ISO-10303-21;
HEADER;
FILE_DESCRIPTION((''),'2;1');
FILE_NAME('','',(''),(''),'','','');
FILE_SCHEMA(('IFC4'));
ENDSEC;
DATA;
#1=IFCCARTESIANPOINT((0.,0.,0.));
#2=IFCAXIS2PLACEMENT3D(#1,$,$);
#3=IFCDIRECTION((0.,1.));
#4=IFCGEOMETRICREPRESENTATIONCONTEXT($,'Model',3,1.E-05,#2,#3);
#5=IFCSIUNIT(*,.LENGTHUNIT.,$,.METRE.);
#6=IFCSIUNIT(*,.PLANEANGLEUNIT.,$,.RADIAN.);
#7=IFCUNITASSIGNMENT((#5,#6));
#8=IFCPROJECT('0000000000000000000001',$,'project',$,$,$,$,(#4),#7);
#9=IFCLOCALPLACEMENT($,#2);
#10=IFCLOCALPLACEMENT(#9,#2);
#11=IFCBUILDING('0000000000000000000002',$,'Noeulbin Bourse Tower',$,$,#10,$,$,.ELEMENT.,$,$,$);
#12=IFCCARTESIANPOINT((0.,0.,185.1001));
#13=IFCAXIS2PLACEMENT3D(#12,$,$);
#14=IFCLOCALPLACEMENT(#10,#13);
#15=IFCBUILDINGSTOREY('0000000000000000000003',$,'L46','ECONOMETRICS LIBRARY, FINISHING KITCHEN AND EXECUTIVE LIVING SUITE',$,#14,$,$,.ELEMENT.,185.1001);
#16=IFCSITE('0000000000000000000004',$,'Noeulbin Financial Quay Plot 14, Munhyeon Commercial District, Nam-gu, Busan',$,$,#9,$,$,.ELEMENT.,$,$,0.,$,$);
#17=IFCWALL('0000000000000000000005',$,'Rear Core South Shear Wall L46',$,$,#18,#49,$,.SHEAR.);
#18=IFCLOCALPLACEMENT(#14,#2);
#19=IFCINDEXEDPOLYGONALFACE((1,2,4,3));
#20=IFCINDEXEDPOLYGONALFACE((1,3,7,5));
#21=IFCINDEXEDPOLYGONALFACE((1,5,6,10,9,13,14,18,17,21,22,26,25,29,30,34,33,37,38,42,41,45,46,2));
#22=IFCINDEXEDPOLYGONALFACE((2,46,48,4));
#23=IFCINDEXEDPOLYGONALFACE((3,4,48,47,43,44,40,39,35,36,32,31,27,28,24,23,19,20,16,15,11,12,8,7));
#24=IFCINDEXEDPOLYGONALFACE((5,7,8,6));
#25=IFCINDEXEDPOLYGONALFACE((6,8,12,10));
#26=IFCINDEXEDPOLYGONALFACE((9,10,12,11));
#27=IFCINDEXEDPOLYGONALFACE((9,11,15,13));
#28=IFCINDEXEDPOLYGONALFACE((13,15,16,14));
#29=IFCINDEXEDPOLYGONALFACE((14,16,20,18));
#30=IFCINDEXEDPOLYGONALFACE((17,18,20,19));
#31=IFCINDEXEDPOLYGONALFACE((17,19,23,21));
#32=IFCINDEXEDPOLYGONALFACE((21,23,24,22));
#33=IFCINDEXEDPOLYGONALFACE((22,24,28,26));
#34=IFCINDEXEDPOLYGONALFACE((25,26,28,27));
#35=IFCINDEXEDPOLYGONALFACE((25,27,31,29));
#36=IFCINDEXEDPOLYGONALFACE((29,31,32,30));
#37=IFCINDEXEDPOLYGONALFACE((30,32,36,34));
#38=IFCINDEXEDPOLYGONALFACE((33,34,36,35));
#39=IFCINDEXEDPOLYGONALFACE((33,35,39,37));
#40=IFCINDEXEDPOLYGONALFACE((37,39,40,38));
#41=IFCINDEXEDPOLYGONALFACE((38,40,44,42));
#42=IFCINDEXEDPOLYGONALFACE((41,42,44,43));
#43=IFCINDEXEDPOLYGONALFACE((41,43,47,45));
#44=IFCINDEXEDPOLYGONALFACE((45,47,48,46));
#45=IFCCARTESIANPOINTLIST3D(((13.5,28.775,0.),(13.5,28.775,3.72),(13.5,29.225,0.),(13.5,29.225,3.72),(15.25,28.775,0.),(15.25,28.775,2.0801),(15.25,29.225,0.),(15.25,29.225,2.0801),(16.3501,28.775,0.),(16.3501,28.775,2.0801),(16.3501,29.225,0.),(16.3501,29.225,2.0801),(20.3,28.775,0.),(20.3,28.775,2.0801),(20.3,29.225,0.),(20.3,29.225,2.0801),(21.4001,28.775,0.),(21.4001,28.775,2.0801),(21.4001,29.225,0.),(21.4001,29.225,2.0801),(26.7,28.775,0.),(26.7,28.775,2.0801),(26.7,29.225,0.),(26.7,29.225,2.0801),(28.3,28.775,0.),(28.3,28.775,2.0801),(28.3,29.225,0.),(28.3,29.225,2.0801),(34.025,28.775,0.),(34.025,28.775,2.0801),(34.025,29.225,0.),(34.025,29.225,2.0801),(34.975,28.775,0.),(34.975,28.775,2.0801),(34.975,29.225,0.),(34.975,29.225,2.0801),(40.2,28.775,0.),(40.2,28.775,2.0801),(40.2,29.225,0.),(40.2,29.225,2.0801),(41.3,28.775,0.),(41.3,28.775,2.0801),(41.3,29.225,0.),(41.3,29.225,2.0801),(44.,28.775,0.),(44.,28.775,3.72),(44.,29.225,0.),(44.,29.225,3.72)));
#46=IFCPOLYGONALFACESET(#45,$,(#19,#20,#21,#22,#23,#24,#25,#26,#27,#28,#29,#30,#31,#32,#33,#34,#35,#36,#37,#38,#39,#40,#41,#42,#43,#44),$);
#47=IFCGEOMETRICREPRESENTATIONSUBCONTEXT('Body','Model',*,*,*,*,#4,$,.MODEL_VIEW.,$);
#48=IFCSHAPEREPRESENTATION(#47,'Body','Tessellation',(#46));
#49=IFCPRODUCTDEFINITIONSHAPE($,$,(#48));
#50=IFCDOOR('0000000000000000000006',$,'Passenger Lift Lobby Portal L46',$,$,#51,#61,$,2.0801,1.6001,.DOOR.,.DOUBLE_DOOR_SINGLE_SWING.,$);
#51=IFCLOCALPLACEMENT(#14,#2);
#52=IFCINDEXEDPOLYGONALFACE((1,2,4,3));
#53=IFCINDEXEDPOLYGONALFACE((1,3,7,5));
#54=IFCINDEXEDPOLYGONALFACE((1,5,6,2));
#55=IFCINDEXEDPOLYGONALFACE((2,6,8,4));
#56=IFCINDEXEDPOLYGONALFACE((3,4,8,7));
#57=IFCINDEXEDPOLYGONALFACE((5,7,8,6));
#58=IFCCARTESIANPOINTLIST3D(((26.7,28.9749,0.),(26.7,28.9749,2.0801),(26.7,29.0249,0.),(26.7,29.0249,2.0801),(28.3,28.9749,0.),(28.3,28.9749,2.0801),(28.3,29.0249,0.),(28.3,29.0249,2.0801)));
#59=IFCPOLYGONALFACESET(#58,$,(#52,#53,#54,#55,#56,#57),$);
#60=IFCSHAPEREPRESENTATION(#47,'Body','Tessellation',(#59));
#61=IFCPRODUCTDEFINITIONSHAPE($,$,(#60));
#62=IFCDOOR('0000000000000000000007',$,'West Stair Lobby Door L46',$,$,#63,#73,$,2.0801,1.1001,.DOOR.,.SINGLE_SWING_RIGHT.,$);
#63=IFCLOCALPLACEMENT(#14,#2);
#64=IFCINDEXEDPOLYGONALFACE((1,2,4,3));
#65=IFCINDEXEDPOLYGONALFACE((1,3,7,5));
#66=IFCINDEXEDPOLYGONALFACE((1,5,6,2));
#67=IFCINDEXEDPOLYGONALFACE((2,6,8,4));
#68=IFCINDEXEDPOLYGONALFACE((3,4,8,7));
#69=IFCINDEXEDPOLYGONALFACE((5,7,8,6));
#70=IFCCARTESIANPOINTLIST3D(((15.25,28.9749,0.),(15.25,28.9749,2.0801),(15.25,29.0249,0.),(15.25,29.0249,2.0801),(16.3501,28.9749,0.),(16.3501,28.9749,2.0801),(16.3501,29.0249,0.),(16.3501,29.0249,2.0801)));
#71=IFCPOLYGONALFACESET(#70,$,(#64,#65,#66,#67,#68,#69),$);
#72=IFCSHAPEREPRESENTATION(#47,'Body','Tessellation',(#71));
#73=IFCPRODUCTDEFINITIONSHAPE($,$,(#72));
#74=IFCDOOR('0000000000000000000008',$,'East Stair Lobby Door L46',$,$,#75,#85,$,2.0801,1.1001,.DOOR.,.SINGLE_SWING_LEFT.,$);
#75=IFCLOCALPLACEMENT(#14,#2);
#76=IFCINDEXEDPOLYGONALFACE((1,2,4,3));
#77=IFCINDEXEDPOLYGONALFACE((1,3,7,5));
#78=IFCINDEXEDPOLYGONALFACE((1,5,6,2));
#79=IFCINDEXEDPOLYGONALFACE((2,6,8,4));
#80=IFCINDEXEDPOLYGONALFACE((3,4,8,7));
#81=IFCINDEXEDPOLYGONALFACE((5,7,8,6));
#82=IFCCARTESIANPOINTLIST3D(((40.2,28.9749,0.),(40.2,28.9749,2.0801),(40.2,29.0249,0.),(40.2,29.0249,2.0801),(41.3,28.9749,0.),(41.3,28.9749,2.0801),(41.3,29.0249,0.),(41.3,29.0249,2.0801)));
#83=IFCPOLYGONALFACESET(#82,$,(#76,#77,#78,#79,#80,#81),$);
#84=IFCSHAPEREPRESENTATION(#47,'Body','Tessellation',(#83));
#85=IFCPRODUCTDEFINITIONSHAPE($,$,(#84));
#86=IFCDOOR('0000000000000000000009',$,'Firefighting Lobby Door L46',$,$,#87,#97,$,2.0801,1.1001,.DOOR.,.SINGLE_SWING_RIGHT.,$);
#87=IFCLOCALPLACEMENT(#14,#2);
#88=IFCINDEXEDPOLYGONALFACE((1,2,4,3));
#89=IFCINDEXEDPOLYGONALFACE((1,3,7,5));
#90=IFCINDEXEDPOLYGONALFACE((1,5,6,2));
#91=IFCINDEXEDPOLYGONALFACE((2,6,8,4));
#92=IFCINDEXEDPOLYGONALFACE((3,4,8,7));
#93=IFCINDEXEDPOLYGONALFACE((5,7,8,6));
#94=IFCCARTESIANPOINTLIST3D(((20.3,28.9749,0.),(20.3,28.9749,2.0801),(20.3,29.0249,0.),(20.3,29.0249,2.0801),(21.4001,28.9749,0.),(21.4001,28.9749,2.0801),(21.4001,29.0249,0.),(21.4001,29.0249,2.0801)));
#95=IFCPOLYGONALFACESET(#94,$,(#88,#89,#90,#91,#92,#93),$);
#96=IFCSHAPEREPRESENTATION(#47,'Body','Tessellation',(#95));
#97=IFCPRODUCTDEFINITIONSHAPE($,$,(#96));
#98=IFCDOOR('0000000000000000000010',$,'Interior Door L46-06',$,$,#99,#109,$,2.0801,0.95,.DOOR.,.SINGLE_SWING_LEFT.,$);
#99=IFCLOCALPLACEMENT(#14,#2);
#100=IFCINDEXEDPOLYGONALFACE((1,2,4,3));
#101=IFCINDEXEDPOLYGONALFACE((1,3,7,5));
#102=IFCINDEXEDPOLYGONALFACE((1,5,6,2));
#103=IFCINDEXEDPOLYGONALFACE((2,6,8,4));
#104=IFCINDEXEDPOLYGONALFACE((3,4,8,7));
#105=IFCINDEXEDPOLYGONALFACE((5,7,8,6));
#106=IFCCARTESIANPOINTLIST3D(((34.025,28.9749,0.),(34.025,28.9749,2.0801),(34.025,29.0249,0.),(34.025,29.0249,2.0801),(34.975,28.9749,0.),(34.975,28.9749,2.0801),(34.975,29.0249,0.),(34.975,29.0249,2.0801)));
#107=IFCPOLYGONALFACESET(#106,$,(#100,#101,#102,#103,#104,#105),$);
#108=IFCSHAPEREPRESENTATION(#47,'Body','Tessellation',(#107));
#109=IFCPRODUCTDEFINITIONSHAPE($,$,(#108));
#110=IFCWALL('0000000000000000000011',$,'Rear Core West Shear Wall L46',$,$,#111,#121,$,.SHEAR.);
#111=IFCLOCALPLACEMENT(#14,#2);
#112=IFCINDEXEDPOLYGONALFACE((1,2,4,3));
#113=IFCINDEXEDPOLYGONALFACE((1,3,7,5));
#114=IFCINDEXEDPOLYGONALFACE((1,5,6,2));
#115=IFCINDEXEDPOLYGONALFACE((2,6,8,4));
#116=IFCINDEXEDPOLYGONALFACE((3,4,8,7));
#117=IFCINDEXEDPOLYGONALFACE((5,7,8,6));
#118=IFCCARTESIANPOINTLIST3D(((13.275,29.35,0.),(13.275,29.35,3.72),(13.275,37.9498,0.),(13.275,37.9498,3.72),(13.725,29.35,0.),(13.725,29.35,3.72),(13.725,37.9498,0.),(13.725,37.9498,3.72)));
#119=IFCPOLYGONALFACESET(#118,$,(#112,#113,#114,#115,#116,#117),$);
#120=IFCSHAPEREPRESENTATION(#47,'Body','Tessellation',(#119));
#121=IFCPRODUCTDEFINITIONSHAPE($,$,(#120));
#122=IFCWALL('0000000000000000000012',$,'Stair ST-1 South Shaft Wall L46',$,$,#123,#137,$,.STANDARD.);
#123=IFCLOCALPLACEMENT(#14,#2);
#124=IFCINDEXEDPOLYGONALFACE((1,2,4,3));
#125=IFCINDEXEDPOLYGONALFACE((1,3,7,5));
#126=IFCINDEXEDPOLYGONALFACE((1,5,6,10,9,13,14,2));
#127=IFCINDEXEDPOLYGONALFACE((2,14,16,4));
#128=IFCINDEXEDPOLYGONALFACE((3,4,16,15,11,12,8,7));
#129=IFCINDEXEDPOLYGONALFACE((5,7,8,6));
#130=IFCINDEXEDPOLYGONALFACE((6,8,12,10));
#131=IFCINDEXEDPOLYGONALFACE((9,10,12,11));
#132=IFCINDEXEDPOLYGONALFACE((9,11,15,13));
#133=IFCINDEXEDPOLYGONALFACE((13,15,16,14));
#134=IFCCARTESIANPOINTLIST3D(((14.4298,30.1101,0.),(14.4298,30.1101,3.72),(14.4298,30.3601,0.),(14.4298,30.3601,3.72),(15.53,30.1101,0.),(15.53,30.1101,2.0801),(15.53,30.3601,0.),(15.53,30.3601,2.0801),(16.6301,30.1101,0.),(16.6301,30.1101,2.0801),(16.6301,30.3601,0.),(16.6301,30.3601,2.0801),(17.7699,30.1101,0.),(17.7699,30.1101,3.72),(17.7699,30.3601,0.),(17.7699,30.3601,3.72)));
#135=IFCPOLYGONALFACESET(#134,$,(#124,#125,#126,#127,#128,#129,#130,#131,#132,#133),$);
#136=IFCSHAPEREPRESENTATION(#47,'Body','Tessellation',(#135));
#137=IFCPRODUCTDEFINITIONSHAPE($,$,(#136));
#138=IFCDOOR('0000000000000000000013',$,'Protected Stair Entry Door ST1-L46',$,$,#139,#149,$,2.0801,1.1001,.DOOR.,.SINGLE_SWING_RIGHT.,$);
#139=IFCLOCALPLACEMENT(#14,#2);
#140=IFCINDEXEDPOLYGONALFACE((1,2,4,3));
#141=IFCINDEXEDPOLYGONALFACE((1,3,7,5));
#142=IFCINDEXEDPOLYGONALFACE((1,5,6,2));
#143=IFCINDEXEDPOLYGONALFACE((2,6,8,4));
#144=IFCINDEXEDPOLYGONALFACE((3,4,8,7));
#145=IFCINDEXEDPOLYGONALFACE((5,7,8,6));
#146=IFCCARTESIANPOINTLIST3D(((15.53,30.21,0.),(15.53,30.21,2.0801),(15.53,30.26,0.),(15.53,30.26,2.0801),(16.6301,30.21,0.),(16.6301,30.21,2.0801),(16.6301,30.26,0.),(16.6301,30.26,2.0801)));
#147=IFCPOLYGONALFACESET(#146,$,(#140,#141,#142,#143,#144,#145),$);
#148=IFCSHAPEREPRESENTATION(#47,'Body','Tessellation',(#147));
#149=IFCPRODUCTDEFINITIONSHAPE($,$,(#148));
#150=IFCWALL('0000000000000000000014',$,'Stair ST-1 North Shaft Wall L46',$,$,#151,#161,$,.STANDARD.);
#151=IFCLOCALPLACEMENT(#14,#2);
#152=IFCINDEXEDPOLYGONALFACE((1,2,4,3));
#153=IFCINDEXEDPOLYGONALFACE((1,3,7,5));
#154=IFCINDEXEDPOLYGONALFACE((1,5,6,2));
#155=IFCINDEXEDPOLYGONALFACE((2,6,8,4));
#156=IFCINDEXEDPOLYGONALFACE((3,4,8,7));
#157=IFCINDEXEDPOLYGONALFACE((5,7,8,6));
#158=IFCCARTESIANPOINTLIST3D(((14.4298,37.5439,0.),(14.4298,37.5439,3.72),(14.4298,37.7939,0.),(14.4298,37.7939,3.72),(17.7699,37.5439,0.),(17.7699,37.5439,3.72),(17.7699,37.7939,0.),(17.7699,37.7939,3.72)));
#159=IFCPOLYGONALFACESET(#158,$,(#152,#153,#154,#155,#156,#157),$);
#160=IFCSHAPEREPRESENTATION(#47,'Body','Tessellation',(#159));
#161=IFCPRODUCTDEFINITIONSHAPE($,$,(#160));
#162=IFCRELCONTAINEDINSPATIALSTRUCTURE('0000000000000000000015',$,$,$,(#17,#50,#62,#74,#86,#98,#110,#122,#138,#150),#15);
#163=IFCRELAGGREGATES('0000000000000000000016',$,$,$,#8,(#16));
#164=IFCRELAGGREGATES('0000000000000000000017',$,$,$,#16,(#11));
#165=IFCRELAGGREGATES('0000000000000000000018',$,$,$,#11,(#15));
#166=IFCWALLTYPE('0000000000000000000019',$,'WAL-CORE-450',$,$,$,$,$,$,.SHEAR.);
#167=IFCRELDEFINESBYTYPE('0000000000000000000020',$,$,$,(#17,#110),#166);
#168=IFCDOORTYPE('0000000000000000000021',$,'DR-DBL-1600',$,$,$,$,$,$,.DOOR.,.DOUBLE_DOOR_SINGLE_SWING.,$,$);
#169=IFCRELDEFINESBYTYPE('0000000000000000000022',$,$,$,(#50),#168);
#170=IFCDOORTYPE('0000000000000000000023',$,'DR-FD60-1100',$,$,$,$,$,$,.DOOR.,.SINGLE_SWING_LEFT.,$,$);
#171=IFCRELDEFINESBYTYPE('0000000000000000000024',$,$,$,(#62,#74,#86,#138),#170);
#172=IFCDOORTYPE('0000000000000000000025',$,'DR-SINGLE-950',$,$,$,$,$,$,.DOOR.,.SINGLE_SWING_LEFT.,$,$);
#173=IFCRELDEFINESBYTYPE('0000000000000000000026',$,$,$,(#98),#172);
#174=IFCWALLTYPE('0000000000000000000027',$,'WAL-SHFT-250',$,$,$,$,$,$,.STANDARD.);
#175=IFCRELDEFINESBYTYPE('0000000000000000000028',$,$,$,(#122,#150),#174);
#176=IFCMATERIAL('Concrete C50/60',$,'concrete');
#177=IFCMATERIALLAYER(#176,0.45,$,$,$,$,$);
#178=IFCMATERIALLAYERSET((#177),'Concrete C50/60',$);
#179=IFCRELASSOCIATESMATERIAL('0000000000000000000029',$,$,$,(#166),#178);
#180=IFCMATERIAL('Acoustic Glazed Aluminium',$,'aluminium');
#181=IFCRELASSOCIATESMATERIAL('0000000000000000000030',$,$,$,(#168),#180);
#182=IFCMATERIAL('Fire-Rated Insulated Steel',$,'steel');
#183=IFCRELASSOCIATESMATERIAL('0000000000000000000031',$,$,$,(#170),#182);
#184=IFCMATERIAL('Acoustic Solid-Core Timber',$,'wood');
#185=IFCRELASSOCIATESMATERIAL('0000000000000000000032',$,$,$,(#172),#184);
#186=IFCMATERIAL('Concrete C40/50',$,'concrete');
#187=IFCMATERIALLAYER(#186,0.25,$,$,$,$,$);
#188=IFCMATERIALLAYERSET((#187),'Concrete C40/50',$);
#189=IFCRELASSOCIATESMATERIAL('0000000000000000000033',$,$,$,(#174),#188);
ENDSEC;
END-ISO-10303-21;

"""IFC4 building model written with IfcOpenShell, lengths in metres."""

from ifc_helpers import new_model, si_unit, direction, frame, frame_2d, origin, place, context, subcontext, project, spatial, rectangle, extrude, material, layer, layer_set, type_object, element, fill, save


model = new_model("IFC4")

# Units and contexts
model_context = context("Model", 3, precision=1e-05, world=origin(), true_north=direction((0.0, 1.0)))
body_context = subcontext(model_context, "Body", "Model", "MODEL_VIEW")
ifc_project = project(units=[si_unit("LENGTHUNIT", "METRE"), si_unit("PLANEANGLEUNIT", "RADIAN")], contexts=[model_context])

# Site, building, storey
site_placement = place(None, origin())
site = spatial("IfcSite", under=ifc_project, at=site_placement, Name="Noeulbin Financial Quay Plot 14, Munhyeon Commercial District, Nam-gu, Busan", CompositionType="ELEMENT", RefElevation=0.0)
building_placement = place(site_placement, origin())
building = spatial("IfcBuilding", under=site, at=building_placement, Name="Noeulbin Bourse Tower", CompositionType="ELEMENT")
storey_placement = place(building_placement, frame((0.0, 0.0, 185.1001)))
storey = spatial("IfcBuildingStorey", under=building, at=storey_placement, Name="L46", Description="ECONOMETRICS LIBRARY, FINISHING KITCHEN AND EXECUTIVE LIVING SUITE", CompositionType="ELEMENT", Elevation=185.1001)

# Wall, openings, doors
ifc_material_1 = material(Name="Concrete C50/60", Category="concrete")
ifc_layer_1 = layer(ifc_material_1, 0.45)
ifc_layer_set_1 = layer_set([ifc_layer_1], Name="Concrete C50/60")
wall_type_1 = type_object("IfcWallType", Name="WAL-CORE-450", PredefinedType="SHEAR", material=ifc_layer_set_1)
wall_1_placement = place(storey_placement, frame((13.5, 29.0, 0.0), z_axis=(0.0, 0.0, 1.0), x_axis=(1.0, 0.0, 0.0)))
wall_1 = element("IfcWall", 1, at=wall_1_placement, inside=storey, type_object=wall_type_1, Name="Rear Core South Shear Wall L46", PredefinedType="SHEAR", context=body_context, shape_type="SweptSolid", body=[
    extrude(rectangle(XDim=30.5, YDim=0.45, at=frame_2d((15.25, 0.0))), origin(), (0.0, 0.0, 1.0), 3.72),
])
opening_1_placement = place(wall_1_placement, frame((1.75, 0.0, 0.0)))
opening_1 = element("IfcOpeningElement", 2, at=opening_1_placement, cuts=wall_1, PredefinedType="OPENING", context=body_context, shape_type="SweptSolid", body=[
    extrude(rectangle(XDim=1.1001, YDim=2.0801, at=frame_2d((0.55, 1.04))), frame((0.0, 0.2349, 0.0), z_axis=(0.0, -1.0, 0.0), x_axis=(1.0, 0.0, 0.0)), (0.0, 0.0, 1.0), 0.47),
])
opening_2_placement = place(wall_1_placement, frame((26.7, 0.0, 0.0)))
opening_2 = element("IfcOpeningElement", 3, at=opening_2_placement, cuts=wall_1, PredefinedType="OPENING", context=body_context, shape_type="SweptSolid", body=[
    extrude(rectangle(XDim=1.1001, YDim=2.0801, at=frame_2d((0.55, 1.04))), frame((0.0, 0.2349, 0.0), z_axis=(0.0, -1.0, 0.0), x_axis=(1.0, 0.0, 0.0)), (0.0, 0.0, 1.0), 0.47),
])
opening_3_placement = place(wall_1_placement, frame((6.8, 0.0, 0.0)))
opening_3 = element("IfcOpeningElement", 4, at=opening_3_placement, cuts=wall_1, PredefinedType="OPENING", context=body_context, shape_type="SweptSolid", body=[
    extrude(rectangle(XDim=1.1001, YDim=2.0801, at=frame_2d((0.55, 1.04))), frame((0.0, 0.2349, 0.0), z_axis=(0.0, -1.0, 0.0), x_axis=(1.0, 0.0, 0.0)), (0.0, 0.0, 1.0), 0.47),
])
opening_4_placement = place(wall_1_placement, frame((13.2, 0.0, 0.0)))
opening_4 = element("IfcOpeningElement", 5, at=opening_4_placement, cuts=wall_1, PredefinedType="OPENING", context=body_context, shape_type="SweptSolid", body=[
    extrude(rectangle(XDim=1.6001, YDim=2.0801, at=frame_2d((0.8, 1.04))), frame((0.0, 0.2349, 0.0), z_axis=(0.0, -1.0, 0.0), x_axis=(1.0, 0.0, 0.0)), (0.0, 0.0, 1.0), 0.47),
])
opening_5_placement = place(wall_1_placement, frame((20.5249, 0.0, 0.0)))
opening_5 = element("IfcOpeningElement", 6, at=opening_5_placement, cuts=wall_1, PredefinedType="OPENING", context=body_context, shape_type="SweptSolid", body=[
    extrude(rectangle(XDim=0.95, YDim=2.0801, at=frame_2d((0.4751, 1.04))), frame((0.0, 0.2349, 0.0), z_axis=(0.0, -1.0, 0.0), x_axis=(1.0, 0.0, 0.0)), (0.0, 0.0, 1.0), 0.47),
])
ifc_material_2 = material(Name="Acoustic Glazed Aluminium", Category="aluminium")
door_type_1 = type_object("IfcDoorType", Name="DR-DBL-1600", OperationType="DOUBLE_DOOR_SINGLE_SWING", PredefinedType="DOOR", material=ifc_material_2)
door_1_placement = place(opening_4_placement, origin())
door_1 = element("IfcDoor", 7, at=door_1_placement, inside=storey, type_object=door_type_1, Name="Passenger Lift Lobby Portal L46", OperationType="DOUBLE_DOOR_SINGLE_SWING", OverallHeight=2.0801, OverallWidth=1.6001, PredefinedType="DOOR", context=body_context, shape_type="SweptSolid", body=[
    extrude(rectangle(XDim=1.6001, YDim=2.0801, at=frame_2d((0.8, 1.04))), frame((0.0, 0.0249, 0.0), z_axis=(0.0, -1.0, 0.0), x_axis=(1.0, 0.0, 0.0)), (0.0, 0.0, 1.0), 0.05),
])
fill(opening_4, door_1)
ifc_material_3 = material(Name="Fire-Rated Insulated Steel", Category="steel")
door_type_2 = type_object("IfcDoorType", Name="DR-FD60-1100", OperationType="SINGLE_SWING_LEFT", PredefinedType="DOOR", material=ifc_material_3)
door_2_placement = place(opening_1_placement, origin())
door_2 = element("IfcDoor", 8, at=door_2_placement, inside=storey, type_object=door_type_2, Name="West Stair Lobby Door L46", OperationType="SINGLE_SWING_RIGHT", OverallHeight=2.0801, OverallWidth=1.1001, PredefinedType="DOOR", context=body_context, shape_type="SweptSolid", body=[
    extrude(rectangle(XDim=1.1001, YDim=2.0801, at=frame_2d((0.55, 1.04))), frame((0.0, 0.0249, 0.0), z_axis=(0.0, -1.0, 0.0), x_axis=(1.0, 0.0, 0.0)), (0.0, 0.0, 1.0), 0.05),
])
fill(opening_1, door_2)
door_3_placement = place(opening_2_placement, origin())
door_3 = element("IfcDoor", 9, at=door_3_placement, inside=storey, type_object=door_type_2, Name="East Stair Lobby Door L46", OperationType="SINGLE_SWING_LEFT", OverallHeight=2.0801, OverallWidth=1.1001, PredefinedType="DOOR", context=body_context, shape_type="SweptSolid", body=[
    extrude(rectangle(XDim=1.1001, YDim=2.0801, at=frame_2d((0.55, 1.04))), frame((0.0, 0.0249, 0.0), z_axis=(0.0, -1.0, 0.0), x_axis=(1.0, 0.0, 0.0)), (0.0, 0.0, 1.0), 0.05),
])
fill(opening_2, door_3)
door_4_placement = place(opening_3_placement, origin())
door_4 = element("IfcDoor", 10, at=door_4_placement, inside=storey, type_object=door_type_2, Name="Firefighting Lobby Door L46", OperationType="SINGLE_SWING_RIGHT", OverallHeight=2.0801, OverallWidth=1.1001, PredefinedType="DOOR", context=body_context, shape_type="SweptSolid", body=[
    extrude(rectangle(XDim=1.1001, YDim=2.0801, at=frame_2d((0.55, 1.04))), frame((0.0, 0.0249, 0.0), z_axis=(0.0, -1.0, 0.0), x_axis=(1.0, 0.0, 0.0)), (0.0, 0.0, 1.0), 0.05),
])
fill(opening_3, door_4)
ifc_material_4 = material(Name="Acoustic Solid-Core Timber", Category="wood")
door_type_3 = type_object("IfcDoorType", Name="DR-SINGLE-950", OperationType="SINGLE_SWING_LEFT", PredefinedType="DOOR", material=ifc_material_4)
door_5_placement = place(opening_5_placement, origin())
door_5 = element("IfcDoor", 11, at=door_5_placement, inside=storey, type_object=door_type_3, Name="Interior Door L46-06", OperationType="SINGLE_SWING_LEFT", OverallHeight=2.0801, OverallWidth=0.95, PredefinedType="DOOR", context=body_context, shape_type="SweptSolid", body=[
    extrude(rectangle(XDim=0.95, YDim=2.0801, at=frame_2d((0.4751, 1.04))), frame((0.0, 0.0249, 0.0), z_axis=(0.0, -1.0, 0.0), x_axis=(1.0, 0.0, 0.0)), (0.0, 0.0, 1.0), 0.05),
])
fill(opening_5, door_5)

# Wall
wall_2_placement = place(storey_placement, frame((13.5, 29.3501, 0.0), z_axis=(0.0, 0.0, 1.0), x_axis=(0.0, 1.0, 0.0)))
element("IfcWall", 12, at=wall_2_placement, inside=storey, type_object=wall_type_1, Name="Rear Core West Shear Wall L46", PredefinedType="SHEAR", context=body_context, shape_type="SweptSolid", body=[
    extrude(rectangle(XDim=8.5999, YDim=0.45, at=frame_2d((4.2998, 0.0))), origin(), (0.0, 0.0, 1.0), 3.72),
])

# Wall, opening, door
ifc_material_5 = material(Name="Concrete C40/50", Category="concrete")
ifc_layer_2 = layer(ifc_material_5, 0.25)
ifc_layer_set_2 = layer_set([ifc_layer_2], Name="Concrete C40/50")
wall_type_2 = type_object("IfcWallType", Name="WAL-SHFT-250", PredefinedType="STANDARD", material=ifc_layer_set_2)
wall_3_placement = place(storey_placement, frame((14.4299, 30.2351, 0.0), z_axis=(0.0, 0.0, 1.0), x_axis=(1.0, 0.0, 0.0)))
wall_3 = element("IfcWall", 13, at=wall_3_placement, inside=storey, type_object=wall_type_2, Name="Stair ST-1 South Shaft Wall L46", PredefinedType="STANDARD", context=body_context, shape_type="SweptSolid", body=[
    extrude(rectangle(XDim=3.3401, YDim=0.25, at=frame_2d((1.6699, 0.0))), origin(), (0.0, 0.0, 1.0), 3.72),
])
opening_6_placement = place(wall_3_placement, frame((1.1001, 0.0, 0.0)))
opening_6 = element("IfcOpeningElement", 14, at=opening_6_placement, cuts=wall_3, PredefinedType="OPENING", context=body_context, shape_type="SweptSolid", body=[
    extrude(rectangle(XDim=1.1001, YDim=2.0801, at=frame_2d((0.55, 1.04))), frame((0.0, 0.135, 0.0), z_axis=(0.0, -1.0, 0.0), x_axis=(1.0, 0.0, 0.0)), (0.0, 0.0, 1.0), 0.27),
])
door_6_placement = place(opening_6_placement, origin())
door_6 = element("IfcDoor", 15, at=door_6_placement, inside=storey, type_object=door_type_2, Name="Protected Stair Entry Door ST1-L46", OperationType="SINGLE_SWING_RIGHT", OverallHeight=2.0801, OverallWidth=1.1001, PredefinedType="DOOR", context=body_context, shape_type="SweptSolid", body=[
    extrude(rectangle(XDim=1.1001, YDim=2.0801, at=frame_2d((0.55, 1.04))), frame((0.0, 0.0249, 0.0), z_axis=(0.0, -1.0, 0.0), x_axis=(1.0, 0.0, 0.0)), (0.0, 0.0, 1.0), 0.05),
])
fill(opening_6, door_6)

# Wall
wall_4_placement = place(storey_placement, frame((14.4299, 37.6689, 0.0), z_axis=(0.0, 0.0, 1.0), x_axis=(1.0, 0.0, 0.0)))
element("IfcWall", 16, at=wall_4_placement, inside=storey, type_object=wall_type_2, Name="Stair ST-1 North Shaft Wall L46", PredefinedType="STANDARD", context=body_context, shape_type="SweptSolid", body=[
    extrude(rectangle(XDim=3.3401, YDim=0.25, at=frame_2d((1.6699, 0.0))), origin(), (0.0, 0.0, 1.0), 3.72),
])

save(model, "model.ifc")
